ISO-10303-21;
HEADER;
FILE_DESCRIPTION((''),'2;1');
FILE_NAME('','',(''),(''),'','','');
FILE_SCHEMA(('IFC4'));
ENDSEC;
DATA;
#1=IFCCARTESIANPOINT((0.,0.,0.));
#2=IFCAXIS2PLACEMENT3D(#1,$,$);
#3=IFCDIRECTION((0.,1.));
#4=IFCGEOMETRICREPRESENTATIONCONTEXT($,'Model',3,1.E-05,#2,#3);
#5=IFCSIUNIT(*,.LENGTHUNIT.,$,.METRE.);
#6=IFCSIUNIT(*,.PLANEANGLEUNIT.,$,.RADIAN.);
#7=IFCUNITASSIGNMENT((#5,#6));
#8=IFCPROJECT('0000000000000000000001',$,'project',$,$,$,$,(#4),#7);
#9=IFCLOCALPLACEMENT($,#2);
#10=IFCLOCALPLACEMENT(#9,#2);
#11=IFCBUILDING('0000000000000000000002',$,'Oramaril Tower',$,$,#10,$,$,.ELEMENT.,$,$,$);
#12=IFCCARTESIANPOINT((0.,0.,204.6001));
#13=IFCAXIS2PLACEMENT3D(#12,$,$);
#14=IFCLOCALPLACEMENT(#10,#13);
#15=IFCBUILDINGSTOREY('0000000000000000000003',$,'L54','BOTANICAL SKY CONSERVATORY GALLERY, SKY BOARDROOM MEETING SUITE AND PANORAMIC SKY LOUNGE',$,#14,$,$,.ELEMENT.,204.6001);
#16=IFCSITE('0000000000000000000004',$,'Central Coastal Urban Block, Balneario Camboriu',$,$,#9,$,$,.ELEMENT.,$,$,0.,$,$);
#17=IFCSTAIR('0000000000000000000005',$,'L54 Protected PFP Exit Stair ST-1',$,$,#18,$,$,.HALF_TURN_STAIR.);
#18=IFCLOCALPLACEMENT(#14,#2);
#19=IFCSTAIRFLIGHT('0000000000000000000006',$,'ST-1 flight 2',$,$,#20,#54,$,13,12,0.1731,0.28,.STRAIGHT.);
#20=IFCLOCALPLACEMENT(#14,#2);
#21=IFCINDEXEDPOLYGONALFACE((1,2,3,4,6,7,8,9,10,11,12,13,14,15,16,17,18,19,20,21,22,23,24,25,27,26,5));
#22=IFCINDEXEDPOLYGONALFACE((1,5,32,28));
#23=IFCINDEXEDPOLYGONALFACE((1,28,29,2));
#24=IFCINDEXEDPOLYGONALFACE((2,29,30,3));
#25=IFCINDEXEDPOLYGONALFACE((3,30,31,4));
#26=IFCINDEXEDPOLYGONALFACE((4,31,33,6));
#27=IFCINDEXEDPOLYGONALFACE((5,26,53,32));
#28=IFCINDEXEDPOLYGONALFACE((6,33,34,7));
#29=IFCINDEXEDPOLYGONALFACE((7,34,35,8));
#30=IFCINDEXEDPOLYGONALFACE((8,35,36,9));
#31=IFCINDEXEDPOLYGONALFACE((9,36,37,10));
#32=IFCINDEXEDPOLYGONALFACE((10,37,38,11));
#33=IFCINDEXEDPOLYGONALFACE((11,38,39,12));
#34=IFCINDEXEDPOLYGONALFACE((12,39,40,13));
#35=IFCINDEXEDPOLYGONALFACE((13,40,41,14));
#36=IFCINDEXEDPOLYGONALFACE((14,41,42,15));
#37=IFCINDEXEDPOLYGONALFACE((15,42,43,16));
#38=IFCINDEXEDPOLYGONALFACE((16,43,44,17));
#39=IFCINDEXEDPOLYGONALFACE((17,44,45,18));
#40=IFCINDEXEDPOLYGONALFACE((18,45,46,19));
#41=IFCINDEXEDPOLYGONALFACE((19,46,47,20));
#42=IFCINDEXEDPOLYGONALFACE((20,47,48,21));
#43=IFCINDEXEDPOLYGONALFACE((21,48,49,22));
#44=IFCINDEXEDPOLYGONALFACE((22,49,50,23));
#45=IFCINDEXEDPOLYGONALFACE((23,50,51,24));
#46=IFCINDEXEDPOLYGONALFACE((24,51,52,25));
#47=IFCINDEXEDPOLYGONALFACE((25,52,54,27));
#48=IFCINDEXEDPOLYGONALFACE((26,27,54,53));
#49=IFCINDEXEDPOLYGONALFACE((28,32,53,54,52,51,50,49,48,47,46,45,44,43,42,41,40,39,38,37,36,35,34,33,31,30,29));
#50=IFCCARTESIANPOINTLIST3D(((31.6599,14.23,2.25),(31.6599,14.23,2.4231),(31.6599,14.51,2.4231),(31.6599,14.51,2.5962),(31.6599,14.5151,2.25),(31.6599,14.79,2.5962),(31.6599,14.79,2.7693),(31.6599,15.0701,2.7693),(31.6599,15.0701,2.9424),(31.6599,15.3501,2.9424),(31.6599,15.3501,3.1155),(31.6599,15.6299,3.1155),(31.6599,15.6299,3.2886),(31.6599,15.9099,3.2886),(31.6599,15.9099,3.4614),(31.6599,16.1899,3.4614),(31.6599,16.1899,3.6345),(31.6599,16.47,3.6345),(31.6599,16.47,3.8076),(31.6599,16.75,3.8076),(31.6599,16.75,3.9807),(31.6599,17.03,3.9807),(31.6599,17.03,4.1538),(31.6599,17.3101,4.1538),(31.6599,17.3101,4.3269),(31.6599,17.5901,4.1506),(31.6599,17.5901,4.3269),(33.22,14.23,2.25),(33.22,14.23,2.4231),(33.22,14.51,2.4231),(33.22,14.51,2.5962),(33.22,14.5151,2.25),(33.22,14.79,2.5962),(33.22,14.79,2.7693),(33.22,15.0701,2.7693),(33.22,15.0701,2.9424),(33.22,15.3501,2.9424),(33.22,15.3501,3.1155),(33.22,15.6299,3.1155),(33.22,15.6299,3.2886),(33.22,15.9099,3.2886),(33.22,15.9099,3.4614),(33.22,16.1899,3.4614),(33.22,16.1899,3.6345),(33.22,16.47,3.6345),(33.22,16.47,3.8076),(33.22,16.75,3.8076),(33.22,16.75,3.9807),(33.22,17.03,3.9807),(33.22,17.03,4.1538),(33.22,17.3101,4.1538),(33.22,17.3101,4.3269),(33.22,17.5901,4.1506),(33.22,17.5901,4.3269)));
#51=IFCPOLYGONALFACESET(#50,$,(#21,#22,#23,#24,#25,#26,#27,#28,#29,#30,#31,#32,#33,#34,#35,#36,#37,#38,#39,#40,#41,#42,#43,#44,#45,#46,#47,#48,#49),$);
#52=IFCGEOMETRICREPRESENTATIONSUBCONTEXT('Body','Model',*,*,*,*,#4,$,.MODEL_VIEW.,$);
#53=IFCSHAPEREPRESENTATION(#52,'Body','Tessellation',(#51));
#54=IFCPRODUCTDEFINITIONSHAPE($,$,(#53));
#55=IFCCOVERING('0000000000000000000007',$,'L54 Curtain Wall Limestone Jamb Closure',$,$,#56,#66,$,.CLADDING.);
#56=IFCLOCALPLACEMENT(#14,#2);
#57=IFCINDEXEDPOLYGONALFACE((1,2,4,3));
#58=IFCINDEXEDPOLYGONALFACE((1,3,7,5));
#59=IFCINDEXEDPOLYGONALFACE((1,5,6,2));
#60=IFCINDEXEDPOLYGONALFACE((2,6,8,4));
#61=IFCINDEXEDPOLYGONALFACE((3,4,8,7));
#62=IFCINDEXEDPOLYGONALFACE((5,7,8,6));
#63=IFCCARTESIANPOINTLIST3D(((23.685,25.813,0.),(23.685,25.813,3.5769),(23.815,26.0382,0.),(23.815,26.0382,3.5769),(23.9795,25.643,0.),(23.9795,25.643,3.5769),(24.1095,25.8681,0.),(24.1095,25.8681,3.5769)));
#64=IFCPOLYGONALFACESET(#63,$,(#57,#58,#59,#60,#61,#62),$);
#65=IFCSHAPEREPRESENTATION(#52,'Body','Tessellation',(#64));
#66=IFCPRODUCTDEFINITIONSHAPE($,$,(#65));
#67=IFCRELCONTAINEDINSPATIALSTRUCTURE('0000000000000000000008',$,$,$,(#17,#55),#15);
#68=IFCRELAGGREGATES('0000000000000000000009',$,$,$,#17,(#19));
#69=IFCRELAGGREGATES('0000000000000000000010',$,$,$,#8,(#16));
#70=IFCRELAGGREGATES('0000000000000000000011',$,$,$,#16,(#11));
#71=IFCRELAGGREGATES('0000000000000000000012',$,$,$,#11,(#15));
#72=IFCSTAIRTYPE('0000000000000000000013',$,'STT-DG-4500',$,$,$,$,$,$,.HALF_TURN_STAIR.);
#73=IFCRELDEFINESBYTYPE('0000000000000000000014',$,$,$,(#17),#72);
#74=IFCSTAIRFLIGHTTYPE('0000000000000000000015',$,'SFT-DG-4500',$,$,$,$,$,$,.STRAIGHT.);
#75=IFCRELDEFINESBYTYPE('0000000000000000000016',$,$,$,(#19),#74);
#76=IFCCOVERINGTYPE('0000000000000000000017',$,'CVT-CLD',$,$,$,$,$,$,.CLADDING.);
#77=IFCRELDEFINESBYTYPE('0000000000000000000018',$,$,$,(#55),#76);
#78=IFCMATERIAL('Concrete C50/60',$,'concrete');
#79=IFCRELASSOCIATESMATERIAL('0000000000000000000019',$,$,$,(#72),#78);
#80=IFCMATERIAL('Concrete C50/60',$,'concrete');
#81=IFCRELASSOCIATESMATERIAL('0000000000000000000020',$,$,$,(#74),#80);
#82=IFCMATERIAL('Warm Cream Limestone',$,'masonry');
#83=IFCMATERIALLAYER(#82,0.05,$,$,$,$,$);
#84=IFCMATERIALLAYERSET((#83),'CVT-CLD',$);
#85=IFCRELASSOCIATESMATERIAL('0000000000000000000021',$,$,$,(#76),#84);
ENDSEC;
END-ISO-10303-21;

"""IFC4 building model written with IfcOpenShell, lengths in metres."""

from ifc_helpers import new_model, si_unit, direction, frame, origin, origin_2d, place, context, subcontext, project, spatial, polyline, rectangle, outline, extrude, material, layer, layer_set, type_object, element, aggregate, save


model = new_model("IFC4")

# Units and contexts
model_context = context("Model", 3, precision=1e-05, world=origin(), true_north=direction((0.0, 1.0)))
body_context = subcontext(model_context, "Body", "Model", "MODEL_VIEW")
ifc_project = project(units=[si_unit("LENGTHUNIT", "METRE"), si_unit("PLANEANGLEUNIT", "RADIAN")], contexts=[model_context])

# Site, building, storey
site_placement = place(None, origin())
site = spatial("IfcSite", under=ifc_project, at=site_placement, Name="Central Coastal Urban Block, Balneario Camboriu", CompositionType="ELEMENT", RefElevation=0.0)
building_placement = place(site_placement, origin())
building = spatial("IfcBuilding", under=site, at=building_placement, Name="Oramaril Tower", CompositionType="ELEMENT")
storey_placement = place(building_placement, frame((0.0, 0.0, 204.6001)))
storey = spatial("IfcBuildingStorey", under=building, at=storey_placement, Name="L54", Description="BOTANICAL SKY CONSERVATORY GALLERY, SKY BOARDROOM MEETING SUITE AND PANORAMIC SKY LOUNGE", CompositionType="ELEMENT", Elevation=204.6001)

# Stair, stair flight
ifc_material_1 = material(Name="Concrete C50/60", Category="concrete")
stair_type = type_object("IfcStairType", Name="STT-DG-4500", PredefinedType="HALF_TURN_STAIR", material=ifc_material_1)
stair_placement = place(storey_placement, origin())
stair = element("IfcStair", 1, at=stair_placement, inside=storey, type_object=stair_type, Name="L54 Protected PFP Exit Stair ST-1", PredefinedType="HALF_TURN_STAIR")
ifc_material_2 = material(Name="Concrete C50/60", Category="concrete")
stair_flight_type = type_object("IfcStairFlightType", Name="SFT-DG-4500", PredefinedType="STRAIGHT", material=ifc_material_2)
stair_flight_1_placement = place(storey_placement, frame((32.4399, 14.23, 2.25), z_axis=(0.0, 0.0, 1.0), x_axis=(0.0, 1.0, 0.0)))
stair_flight_1 = element("IfcStairFlight", 2, at=stair_flight_1_placement, type_object=stair_flight_type, Name="ST-1 flight 2", NumberOfRisers=13, NumberOfTreads=12, PredefinedType="STRAIGHT", RiserHeight=0.1731, TreadLength=0.28, context=body_context, shape_type="SweptSolid", body=[
    extrude(outline(polyline([(0.0, 0.0), (0.0, 0.1731), (0.28, 0.1731), (0.28, 0.3462), (0.5601, 0.3462), (0.5601, 0.5193), (0.8401, 0.5193), (0.8401, 0.6924), (1.1201, 0.6924), (1.1201, 0.8655), (1.3999, 0.8655), (1.3999, 1.0386), (1.6799, 1.0386), (1.6799, 1.2114), (1.96, 1.2114), (1.96, 1.3845), (2.24, 1.3845), (2.24, 1.5576), (2.52, 1.5576), (2.52, 1.7307), (2.8, 1.7307), (2.8, 1.9038), (3.0801, 1.9038), (3.0801, 2.0769), (3.3601, 2.0769), (3.3601, 2.25), (3.3601, 1.9006), (0.2852, 0.0), (0.0, 0.0)])), frame((0.0, 0.78, 0.0), z_axis=(0.0, -1.0, 0.0), x_axis=(1.0, 0.0, 0.0)), (0.0, 0.0, 1.0), 1.5601),
])
aggregate(stair, [stair_flight_1])

# Covering
ifc_material_3 = material(Name="Warm Cream Limestone", Category="masonry")
ifc_layer_1 = layer(ifc_material_3, 0.05)
ifc_layer_set_1 = layer_set([ifc_layer_1], Name="CVT-CLD")
covering_type = type_object("IfcCoveringType", Name="CVT-CLD", PredefinedType="CLADDING", material=ifc_layer_set_1)
covering_placement = place(storey_placement, frame((23.8972, 25.8406, 0.0), z_axis=(0.0, 0.0, 1.0), x_axis=(-0.5, -0.866025, 0.0)))
element("IfcCovering", 3, at=covering_placement, inside=storey, type_object=covering_type, Name="L54 Curtain Wall Limestone Jamb Closure", PredefinedType="CLADDING", context=body_context, shape_type="SweptSolid", body=[
    extrude(rectangle(XDim=0.26, YDim=0.3401, at=origin_2d()), origin(), (0.0, 0.0, 1.0), 3.5769),
])

save(model, "model.ifc")
